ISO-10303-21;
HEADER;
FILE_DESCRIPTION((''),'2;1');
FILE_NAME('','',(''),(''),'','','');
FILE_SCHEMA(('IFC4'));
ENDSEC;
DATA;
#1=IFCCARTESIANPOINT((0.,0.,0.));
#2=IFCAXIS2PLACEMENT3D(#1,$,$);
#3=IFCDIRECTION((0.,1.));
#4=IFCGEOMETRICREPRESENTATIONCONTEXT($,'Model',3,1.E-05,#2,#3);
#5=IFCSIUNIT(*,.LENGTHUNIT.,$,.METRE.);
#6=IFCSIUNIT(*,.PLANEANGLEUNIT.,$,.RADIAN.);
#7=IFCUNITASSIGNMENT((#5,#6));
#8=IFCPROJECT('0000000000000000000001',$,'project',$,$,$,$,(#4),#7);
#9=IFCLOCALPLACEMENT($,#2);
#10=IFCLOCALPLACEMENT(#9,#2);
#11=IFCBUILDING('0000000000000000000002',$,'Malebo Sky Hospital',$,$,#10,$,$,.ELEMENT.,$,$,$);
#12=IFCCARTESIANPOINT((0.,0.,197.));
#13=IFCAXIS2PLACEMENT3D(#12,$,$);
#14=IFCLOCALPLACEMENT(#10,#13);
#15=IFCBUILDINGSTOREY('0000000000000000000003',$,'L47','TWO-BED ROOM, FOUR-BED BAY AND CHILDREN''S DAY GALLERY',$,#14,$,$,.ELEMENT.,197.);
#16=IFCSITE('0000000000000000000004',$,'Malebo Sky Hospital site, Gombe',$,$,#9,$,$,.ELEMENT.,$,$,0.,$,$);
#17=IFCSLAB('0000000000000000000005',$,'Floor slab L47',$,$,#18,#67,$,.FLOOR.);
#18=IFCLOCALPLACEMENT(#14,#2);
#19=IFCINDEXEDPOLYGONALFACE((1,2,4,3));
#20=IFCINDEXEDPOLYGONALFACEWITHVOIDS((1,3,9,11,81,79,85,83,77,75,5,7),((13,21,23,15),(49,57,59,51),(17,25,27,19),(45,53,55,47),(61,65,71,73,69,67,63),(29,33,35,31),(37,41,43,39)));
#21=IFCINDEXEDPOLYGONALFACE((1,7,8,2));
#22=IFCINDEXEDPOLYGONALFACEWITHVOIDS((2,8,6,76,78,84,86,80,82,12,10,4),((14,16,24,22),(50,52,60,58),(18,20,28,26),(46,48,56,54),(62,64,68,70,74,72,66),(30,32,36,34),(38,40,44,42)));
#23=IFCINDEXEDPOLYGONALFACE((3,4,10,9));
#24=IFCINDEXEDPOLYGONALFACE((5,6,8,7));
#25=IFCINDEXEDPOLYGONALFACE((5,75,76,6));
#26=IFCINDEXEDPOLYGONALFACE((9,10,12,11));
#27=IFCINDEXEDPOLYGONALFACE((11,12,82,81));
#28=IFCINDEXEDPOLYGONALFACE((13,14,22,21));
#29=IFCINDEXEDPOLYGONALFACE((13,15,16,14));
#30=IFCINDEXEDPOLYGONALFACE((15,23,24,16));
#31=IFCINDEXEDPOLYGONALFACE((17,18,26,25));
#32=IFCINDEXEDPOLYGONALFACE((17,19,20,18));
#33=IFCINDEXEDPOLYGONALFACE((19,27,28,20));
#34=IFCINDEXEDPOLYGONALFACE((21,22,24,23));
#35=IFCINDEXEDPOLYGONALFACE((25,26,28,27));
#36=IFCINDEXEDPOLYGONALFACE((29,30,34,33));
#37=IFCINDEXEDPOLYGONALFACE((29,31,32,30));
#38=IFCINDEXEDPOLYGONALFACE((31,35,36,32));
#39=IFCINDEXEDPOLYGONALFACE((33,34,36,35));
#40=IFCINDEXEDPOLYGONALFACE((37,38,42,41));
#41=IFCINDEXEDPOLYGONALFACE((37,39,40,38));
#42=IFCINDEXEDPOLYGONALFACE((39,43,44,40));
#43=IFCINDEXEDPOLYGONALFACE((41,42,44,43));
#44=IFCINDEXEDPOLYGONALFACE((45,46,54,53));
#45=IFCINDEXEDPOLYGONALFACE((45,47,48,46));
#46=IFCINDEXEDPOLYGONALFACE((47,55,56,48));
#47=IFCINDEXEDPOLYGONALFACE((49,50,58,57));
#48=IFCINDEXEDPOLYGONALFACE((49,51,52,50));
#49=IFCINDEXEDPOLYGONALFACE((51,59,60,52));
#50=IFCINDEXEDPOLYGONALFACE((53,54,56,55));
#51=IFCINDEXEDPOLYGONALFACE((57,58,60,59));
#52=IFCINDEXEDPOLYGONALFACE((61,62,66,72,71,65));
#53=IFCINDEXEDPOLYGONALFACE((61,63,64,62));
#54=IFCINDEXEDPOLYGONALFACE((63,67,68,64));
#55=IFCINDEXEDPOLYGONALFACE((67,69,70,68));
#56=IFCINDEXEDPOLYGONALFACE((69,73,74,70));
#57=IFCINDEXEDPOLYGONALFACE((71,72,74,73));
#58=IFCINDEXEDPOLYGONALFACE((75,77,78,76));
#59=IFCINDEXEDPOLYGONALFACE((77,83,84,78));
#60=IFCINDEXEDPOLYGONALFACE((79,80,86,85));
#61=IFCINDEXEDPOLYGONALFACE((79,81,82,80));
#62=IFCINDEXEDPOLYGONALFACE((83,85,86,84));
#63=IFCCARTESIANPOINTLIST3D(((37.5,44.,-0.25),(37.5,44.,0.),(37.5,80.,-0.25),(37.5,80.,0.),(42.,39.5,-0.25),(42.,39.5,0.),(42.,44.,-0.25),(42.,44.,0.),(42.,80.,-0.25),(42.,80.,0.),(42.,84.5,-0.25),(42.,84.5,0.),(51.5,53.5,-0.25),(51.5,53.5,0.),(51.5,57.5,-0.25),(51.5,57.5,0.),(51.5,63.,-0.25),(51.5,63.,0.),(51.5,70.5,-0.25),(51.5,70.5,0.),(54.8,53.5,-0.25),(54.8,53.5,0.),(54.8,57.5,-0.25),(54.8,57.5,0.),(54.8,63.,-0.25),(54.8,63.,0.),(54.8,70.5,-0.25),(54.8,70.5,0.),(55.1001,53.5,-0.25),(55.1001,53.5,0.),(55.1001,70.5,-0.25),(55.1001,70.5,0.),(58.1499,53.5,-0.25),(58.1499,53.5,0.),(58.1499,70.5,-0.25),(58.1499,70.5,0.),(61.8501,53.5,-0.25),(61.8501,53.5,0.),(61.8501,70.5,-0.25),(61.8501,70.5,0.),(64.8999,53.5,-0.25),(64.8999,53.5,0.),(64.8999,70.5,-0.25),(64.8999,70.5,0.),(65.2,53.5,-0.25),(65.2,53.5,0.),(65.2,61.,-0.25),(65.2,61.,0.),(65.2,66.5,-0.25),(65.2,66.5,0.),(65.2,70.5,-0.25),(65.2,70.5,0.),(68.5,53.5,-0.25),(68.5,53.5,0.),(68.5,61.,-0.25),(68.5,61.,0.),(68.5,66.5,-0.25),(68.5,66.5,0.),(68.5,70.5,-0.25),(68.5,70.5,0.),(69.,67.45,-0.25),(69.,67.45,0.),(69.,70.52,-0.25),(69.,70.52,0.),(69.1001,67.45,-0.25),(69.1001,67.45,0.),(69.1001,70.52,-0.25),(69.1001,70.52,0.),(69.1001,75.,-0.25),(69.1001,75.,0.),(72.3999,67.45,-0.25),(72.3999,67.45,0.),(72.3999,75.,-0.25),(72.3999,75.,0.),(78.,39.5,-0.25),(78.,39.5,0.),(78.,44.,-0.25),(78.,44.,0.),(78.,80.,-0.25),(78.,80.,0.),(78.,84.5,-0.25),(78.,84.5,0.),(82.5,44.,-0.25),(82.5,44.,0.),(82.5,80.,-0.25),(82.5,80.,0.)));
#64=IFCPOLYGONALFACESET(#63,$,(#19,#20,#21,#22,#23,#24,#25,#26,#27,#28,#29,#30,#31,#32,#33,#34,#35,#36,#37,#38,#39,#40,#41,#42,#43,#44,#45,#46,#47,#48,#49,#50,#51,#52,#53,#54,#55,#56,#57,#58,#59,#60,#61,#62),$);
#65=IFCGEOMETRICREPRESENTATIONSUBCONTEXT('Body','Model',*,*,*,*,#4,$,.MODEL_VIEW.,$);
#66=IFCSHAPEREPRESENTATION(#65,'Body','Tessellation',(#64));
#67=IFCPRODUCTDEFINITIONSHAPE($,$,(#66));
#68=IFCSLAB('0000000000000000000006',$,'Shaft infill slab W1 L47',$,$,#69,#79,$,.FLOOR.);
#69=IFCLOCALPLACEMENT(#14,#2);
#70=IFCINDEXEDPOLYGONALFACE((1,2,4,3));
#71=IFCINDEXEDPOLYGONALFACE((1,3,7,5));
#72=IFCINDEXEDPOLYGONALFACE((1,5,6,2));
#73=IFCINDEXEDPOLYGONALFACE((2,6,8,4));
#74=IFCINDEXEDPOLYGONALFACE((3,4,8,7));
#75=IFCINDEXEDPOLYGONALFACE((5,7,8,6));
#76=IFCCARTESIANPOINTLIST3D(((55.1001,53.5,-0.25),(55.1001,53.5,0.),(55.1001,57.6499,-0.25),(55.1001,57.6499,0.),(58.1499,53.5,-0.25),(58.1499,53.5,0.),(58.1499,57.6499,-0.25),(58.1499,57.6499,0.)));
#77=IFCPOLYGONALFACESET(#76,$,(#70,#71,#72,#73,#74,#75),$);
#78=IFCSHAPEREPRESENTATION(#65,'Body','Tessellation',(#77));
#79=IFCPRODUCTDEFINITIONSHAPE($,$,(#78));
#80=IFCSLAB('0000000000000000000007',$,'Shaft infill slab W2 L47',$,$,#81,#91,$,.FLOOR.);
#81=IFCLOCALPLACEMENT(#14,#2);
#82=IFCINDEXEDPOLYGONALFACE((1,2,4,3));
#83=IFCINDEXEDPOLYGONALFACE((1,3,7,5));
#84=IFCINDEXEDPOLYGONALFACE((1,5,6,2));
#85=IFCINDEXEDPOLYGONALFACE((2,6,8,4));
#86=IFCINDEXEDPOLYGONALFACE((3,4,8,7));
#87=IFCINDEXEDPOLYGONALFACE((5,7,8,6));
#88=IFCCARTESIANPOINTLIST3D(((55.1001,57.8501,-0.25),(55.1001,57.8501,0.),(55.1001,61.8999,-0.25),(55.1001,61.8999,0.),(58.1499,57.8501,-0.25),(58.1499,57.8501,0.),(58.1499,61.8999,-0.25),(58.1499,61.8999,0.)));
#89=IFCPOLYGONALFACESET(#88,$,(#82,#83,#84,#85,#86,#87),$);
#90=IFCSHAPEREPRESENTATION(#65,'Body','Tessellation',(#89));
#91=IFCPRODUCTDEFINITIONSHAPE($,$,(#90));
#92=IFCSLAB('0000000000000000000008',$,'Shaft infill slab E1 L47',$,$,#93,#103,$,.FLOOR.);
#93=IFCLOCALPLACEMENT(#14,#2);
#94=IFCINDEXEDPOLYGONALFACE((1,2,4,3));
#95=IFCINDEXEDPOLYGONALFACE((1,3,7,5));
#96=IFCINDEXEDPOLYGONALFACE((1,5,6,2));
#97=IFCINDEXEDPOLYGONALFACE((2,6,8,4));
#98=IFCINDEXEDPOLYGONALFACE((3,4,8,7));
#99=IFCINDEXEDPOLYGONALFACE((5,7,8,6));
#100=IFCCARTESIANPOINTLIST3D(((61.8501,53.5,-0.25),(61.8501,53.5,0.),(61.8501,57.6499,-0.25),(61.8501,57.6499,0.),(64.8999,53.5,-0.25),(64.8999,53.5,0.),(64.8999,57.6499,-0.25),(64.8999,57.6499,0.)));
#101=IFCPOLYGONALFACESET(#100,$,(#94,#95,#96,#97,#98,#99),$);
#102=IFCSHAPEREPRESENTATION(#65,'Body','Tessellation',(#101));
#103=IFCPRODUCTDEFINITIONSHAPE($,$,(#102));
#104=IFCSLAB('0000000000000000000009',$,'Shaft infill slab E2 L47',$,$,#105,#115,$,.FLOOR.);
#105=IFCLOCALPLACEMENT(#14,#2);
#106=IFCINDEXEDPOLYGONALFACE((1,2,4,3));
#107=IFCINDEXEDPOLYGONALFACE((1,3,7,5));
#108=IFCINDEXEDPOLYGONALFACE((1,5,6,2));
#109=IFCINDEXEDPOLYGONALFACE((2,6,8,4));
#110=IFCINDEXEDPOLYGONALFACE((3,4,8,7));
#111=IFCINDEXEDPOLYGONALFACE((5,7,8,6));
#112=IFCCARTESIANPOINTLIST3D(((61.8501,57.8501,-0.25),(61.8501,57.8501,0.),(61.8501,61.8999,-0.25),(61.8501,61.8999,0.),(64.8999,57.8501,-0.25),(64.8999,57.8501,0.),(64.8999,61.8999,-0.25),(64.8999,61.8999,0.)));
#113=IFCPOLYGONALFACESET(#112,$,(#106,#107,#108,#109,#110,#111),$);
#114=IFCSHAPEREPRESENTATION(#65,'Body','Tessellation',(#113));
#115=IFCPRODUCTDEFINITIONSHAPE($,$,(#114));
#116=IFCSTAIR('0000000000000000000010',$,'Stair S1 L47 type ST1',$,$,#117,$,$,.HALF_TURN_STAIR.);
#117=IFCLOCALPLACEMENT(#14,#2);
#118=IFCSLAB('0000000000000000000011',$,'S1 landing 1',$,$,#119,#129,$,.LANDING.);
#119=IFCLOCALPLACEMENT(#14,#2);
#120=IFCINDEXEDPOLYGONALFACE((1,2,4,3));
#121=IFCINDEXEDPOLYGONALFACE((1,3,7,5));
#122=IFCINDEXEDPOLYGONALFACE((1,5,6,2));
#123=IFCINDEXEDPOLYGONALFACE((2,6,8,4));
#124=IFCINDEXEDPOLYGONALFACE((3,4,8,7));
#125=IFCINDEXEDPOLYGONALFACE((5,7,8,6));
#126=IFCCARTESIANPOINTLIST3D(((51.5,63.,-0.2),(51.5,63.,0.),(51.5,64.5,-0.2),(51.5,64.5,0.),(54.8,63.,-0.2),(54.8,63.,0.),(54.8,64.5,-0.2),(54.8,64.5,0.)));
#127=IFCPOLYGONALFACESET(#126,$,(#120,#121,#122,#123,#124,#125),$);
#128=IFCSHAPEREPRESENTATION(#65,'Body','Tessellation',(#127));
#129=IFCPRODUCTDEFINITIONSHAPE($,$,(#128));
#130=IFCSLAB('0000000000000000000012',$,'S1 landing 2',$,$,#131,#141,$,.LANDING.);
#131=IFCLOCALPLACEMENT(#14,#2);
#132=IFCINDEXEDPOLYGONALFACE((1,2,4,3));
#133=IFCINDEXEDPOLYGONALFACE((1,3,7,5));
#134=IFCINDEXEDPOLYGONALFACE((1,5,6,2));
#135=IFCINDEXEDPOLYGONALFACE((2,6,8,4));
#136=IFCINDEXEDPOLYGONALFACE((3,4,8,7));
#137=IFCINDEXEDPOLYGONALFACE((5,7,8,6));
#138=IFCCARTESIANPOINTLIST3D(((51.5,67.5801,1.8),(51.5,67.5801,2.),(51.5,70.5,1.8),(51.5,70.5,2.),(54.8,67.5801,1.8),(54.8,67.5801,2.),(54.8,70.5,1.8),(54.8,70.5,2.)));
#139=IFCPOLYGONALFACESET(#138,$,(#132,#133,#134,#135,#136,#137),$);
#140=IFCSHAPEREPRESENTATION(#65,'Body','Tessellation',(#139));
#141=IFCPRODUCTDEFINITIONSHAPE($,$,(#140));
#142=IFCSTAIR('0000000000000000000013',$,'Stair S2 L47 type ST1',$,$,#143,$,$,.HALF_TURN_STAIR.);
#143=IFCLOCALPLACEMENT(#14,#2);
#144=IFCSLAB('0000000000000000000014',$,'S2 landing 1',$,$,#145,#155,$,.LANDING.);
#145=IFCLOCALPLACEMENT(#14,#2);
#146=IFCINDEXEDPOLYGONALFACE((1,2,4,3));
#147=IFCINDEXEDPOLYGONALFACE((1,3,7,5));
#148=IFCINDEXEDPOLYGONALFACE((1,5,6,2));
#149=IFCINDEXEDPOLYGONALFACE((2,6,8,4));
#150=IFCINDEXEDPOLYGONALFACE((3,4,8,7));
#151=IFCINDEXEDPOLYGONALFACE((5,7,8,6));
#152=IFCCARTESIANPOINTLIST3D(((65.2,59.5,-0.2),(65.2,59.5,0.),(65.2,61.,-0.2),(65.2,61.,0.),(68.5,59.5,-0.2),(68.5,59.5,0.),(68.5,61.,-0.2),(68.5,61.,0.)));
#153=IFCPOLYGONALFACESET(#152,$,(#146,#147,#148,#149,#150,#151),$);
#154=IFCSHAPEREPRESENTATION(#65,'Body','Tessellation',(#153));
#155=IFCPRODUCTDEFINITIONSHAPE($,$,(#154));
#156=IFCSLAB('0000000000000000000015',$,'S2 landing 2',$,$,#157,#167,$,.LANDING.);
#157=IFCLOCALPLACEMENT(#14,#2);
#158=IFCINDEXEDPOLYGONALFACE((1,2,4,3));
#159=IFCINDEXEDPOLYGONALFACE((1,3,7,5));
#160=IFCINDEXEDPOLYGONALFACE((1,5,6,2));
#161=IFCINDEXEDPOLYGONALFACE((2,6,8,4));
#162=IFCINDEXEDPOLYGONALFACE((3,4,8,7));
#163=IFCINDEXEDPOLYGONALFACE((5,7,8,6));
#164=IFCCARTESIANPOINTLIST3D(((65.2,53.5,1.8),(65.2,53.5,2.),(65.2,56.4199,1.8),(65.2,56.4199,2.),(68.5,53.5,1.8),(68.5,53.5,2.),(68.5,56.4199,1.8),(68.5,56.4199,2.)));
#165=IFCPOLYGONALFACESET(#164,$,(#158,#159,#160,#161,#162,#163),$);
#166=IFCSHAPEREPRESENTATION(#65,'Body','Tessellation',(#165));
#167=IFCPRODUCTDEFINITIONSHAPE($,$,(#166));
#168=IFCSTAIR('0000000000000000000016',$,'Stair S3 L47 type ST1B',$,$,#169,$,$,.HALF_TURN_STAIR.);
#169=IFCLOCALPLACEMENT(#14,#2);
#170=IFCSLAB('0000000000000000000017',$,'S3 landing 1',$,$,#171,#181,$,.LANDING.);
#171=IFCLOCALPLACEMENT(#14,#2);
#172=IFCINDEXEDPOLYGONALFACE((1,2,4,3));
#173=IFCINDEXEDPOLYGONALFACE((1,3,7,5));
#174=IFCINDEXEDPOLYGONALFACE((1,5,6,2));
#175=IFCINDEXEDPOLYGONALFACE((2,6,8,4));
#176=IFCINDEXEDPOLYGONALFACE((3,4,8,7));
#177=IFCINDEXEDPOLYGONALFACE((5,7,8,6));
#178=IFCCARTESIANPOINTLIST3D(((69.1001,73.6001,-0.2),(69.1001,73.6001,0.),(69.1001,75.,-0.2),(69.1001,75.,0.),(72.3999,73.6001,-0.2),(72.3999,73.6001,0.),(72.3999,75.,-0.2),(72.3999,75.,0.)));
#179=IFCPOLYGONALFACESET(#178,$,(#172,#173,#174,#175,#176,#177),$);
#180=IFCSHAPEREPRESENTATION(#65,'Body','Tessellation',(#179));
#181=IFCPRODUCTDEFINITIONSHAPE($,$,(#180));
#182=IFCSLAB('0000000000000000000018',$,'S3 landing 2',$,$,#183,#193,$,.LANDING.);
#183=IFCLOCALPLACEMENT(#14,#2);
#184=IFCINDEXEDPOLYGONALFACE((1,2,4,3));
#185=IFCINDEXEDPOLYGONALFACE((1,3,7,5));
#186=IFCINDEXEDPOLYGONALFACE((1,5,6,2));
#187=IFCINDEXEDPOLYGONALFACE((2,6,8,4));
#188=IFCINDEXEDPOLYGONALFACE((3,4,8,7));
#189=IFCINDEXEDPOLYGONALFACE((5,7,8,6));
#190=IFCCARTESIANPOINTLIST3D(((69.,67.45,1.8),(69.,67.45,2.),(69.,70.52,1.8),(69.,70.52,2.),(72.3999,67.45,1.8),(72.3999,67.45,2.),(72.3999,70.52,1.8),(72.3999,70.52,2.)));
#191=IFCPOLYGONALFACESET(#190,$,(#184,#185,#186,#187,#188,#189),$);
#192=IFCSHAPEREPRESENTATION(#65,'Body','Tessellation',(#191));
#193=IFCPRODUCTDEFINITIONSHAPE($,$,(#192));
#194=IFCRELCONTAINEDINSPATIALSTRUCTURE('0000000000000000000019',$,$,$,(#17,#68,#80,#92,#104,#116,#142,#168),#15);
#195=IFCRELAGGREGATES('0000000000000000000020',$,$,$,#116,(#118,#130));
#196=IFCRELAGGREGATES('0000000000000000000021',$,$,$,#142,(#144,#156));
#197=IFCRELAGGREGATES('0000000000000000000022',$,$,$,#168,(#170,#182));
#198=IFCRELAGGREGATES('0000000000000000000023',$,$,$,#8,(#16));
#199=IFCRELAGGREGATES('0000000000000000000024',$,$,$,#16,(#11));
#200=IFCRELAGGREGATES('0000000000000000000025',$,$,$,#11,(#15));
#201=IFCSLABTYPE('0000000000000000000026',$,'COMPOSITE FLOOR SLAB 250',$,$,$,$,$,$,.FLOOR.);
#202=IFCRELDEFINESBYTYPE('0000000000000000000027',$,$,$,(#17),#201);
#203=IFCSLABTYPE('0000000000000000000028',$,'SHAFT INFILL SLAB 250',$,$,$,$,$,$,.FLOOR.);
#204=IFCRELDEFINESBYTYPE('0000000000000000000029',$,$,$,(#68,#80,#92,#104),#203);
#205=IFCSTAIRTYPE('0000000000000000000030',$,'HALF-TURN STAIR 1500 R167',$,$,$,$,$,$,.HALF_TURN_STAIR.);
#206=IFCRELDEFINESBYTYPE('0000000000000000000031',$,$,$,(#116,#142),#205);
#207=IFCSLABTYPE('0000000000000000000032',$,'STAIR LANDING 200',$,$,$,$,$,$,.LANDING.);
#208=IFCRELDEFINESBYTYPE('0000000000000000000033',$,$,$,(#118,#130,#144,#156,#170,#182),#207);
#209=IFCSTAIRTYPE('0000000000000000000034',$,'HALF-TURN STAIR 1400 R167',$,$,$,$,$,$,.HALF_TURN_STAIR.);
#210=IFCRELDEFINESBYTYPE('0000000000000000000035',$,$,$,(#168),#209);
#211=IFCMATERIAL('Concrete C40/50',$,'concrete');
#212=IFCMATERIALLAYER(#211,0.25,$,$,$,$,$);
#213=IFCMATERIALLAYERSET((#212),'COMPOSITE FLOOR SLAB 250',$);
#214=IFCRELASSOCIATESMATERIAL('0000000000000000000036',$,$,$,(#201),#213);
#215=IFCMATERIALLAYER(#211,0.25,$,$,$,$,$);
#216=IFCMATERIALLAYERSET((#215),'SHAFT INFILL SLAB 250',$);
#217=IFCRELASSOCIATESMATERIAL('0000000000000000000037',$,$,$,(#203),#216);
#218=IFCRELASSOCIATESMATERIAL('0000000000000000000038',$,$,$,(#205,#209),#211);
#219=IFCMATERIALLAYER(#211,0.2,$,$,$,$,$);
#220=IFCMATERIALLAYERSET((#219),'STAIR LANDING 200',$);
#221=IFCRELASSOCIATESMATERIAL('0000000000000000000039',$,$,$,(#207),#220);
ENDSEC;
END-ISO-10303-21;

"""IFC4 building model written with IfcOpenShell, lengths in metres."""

from ifc_helpers import new_model, si_unit, direction, frame, origin, place, context, subcontext, project, spatial, polyline, outline, extrude, material, layer, layer_set, type_object, element, aggregate, save


model = new_model("IFC4")

# Units and contexts
model_context = context("Model", 3, precision=1e-05, world=origin(), true_north=direction((0.0, 1.0)))
body_context = subcontext(model_context, "Body", "Model", "MODEL_VIEW")
ifc_project = project(units=[si_unit("LENGTHUNIT", "METRE"), si_unit("PLANEANGLEUNIT", "RADIAN")], contexts=[model_context])

# Site, building, storey
site_placement = place(None, origin())
site = spatial("IfcSite", under=ifc_project, at=site_placement, Name="Malebo Sky Hospital site, Gombe", CompositionType="ELEMENT", RefElevation=0.0)
building_placement = place(site_placement, origin())
building = spatial("IfcBuilding", under=site, at=building_placement, Name="Malebo Sky Hospital", CompositionType="ELEMENT")
storey_placement = place(building_placement, frame((0.0, 0.0, 197.0)))
storey = spatial("IfcBuildingStorey", under=building, at=storey_placement, Name="L47", Description="TWO-BED ROOM, FOUR-BED BAY AND CHILDREN'S DAY GALLERY", CompositionType="ELEMENT", Elevation=197.0)

# Slabs
ifc_material_1 = material(Name="Concrete C40/50", Category="concrete")
ifc_layer_1 = layer(ifc_material_1, 0.25)
ifc_layer_set_1 = layer_set([ifc_layer_1], Name="COMPOSITE FLOOR SLAB 250")
slab_type_1 = type_object("IfcSlabType", Name="COMPOSITE FLOOR SLAB 250", PredefinedType="FLOOR", material=ifc_layer_set_1)
slab_1_placement = place(storey_placement, frame((0.0, 0.0, -0.25)))
element("IfcSlab", 1, at=slab_1_placement, inside=storey, type_object=slab_type_1, Name="Floor slab L47", PredefinedType="FLOOR", context=body_context, shape_type="SweptSolid", body=[
    extrude(outline(polyline([(42.0, 84.5), (42.0, 80.0), (37.5, 80.0), (37.5, 44.0), (42.0, 44.0), (42.0, 39.5), (78.0, 39.5), (78.0, 44.0), (82.5, 44.0), (82.5, 80.0), (78.0, 80.0), (78.0, 84.5), (42.0, 84.5)]), holes=[polyline([(55.1001, 70.5), (58.1499, 70.5), (58.1499, 53.5), (55.1001, 53.5), (55.1001, 70.5)]), polyline([(64.8999, 70.5), (64.8999, 53.5), (61.8501, 53.5), (61.8501, 70.5), (64.8999, 70.5)]), polyline([(54.8, 63.0), (51.5, 63.0), (51.5, 70.5), (54.8, 70.5), (54.8, 63.0)]), polyline([(51.5, 53.5), (51.5, 57.5), (54.8, 57.5), (54.8, 53.5), (51.5, 53.5)]), polyline([(65.2, 61.0), (68.5, 61.0), (68.5, 53.5), (65.2, 53.5), (65.2, 61.0)]), polyline([(68.5, 70.5), (68.5, 66.5), (65.2, 66.5), (65.2, 70.5), (68.5, 70.5)]), polyline([(69.0, 67.45), (69.0, 70.52), (69.1001, 70.52), (69.1001, 75.0), (72.3999, 75.0), (72.3999, 67.45), (69.1001, 67.45), (69.0, 67.45)])]), origin(), (0.0, 0.0, 1.0), 0.25),
])
ifc_layer_2 = layer(ifc_material_1, 0.25)
ifc_layer_set_2 = layer_set([ifc_layer_2], Name="SHAFT INFILL SLAB 250")
slab_type_2 = type_object("IfcSlabType", Name="SHAFT INFILL SLAB 250", PredefinedType="FLOOR", material=ifc_layer_set_2)
slab_2_placement = place(storey_placement, frame((0.0, 0.0, -0.25)))
element("IfcSlab", 2, at=slab_2_placement, inside=storey, type_object=slab_type_2, Name="Shaft infill slab W1 L47", PredefinedType="FLOOR", context=body_context, shape_type="SweptSolid", body=[
    extrude(outline(polyline([(55.1001, 53.5), (58.1499, 53.5), (58.1499, 57.6499), (55.1001, 57.6499), (55.1001, 53.5)])), origin(), (0.0, 0.0, 1.0), 0.25),
])
slab_3_placement = place(storey_placement, frame((0.0, 0.0, -0.25)))
element("IfcSlab", 3, at=slab_3_placement, inside=storey, type_object=slab_type_2, Name="Shaft infill slab W2 L47", PredefinedType="FLOOR", context=body_context, shape_type="SweptSolid", body=[
    extrude(outline(polyline([(55.1001, 57.8501), (58.1499, 57.8501), (58.1499, 61.8999), (55.1001, 61.8999), (55.1001, 57.8501)])), origin(), (0.0, 0.0, 1.0), 0.25),
])
slab_4_placement = place(storey_placement, frame((0.0, 0.0, -0.25)))
element("IfcSlab", 4, at=slab_4_placement, inside=storey, type_object=slab_type_2, Name="Shaft infill slab E1 L47", PredefinedType="FLOOR", context=body_context, shape_type="SweptSolid", body=[
    extrude(outline(polyline([(61.8501, 53.5), (64.8999, 53.5), (64.8999, 57.6499), (61.8501, 57.6499), (61.8501, 53.5)])), origin(), (0.0, 0.0, 1.0), 0.25),
])
slab_5_placement = place(storey_placement, frame((0.0, 0.0, -0.25)))
element("IfcSlab", 5, at=slab_5_placement, inside=storey, type_object=slab_type_2, Name="Shaft infill slab E2 L47", PredefinedType="FLOOR", context=body_context, shape_type="SweptSolid", body=[
    extrude(outline(polyline([(61.8501, 57.8501), (64.8999, 57.8501), (64.8999, 61.8999), (61.8501, 61.8999), (61.8501, 57.8501)])), origin(), (0.0, 0.0, 1.0), 0.25),
])

# Stairs, slabs
stair_type_1 = type_object("IfcStairType", Name="HALF-TURN STAIR 1500 R167", PredefinedType="HALF_TURN_STAIR", material=ifc_material_1)
stair_1_placement = place(storey_placement, origin())
stair_1 = element("IfcStair", 6, at=stair_1_placement, inside=storey, type_object=stair_type_1, Name="Stair S1 L47 type ST1", PredefinedType="HALF_TURN_STAIR")
ifc_layer_3 = layer(ifc_material_1, 0.2)
ifc_layer_set_3 = layer_set([ifc_layer_3], Name="STAIR LANDING 200")
slab_type_3 = type_object("IfcSlabType", Name="STAIR LANDING 200", PredefinedType="LANDING", material=ifc_layer_set_3)
slab_6_placement = place(storey_placement, frame((0.0, 0.0, -0.2)))
slab_6 = element("IfcSlab", 7, at=slab_6_placement, type_object=slab_type_3, Name="S1 landing 1", PredefinedType="LANDING", context=body_context, shape_type="SweptSolid", body=[
    extrude(outline(polyline([(51.5, 63.0), (54.8, 63.0), (54.8, 64.5), (51.5, 64.5), (51.5, 63.0)])), origin(), (0.0, 0.0, 1.0), 0.2),
])
slab_7_placement = place(storey_placement, frame((0.0, 0.0, 1.8)))
slab_7 = element("IfcSlab", 8, at=slab_7_placement, type_object=slab_type_3, Name="S1 landing 2", PredefinedType="LANDING", context=body_context, shape_type="SweptSolid", body=[
    extrude(outline(polyline([(51.5, 67.5801), (54.8, 67.5801), (54.8, 70.5), (51.5, 70.5), (51.5, 67.5801)])), origin(), (0.0, 0.0, 1.0), 0.2),
])
aggregate(stair_1, [slab_6, slab_7])
stair_2_placement = place(storey_placement, origin())
stair_2 = element("IfcStair", 9, at=stair_2_placement, inside=storey, type_object=stair_type_1, Name="Stair S2 L47 type ST1", PredefinedType="HALF_TURN_STAIR")
slab_8_placement = place(storey_placement, frame((0.0, 0.0, -0.2)))
slab_8 = element("IfcSlab", 10, at=slab_8_placement, type_object=slab_type_3, Name="S2 landing 1", PredefinedType="LANDING", context=body_context, shape_type="SweptSolid", body=[
    extrude(outline(polyline([(65.2, 59.5), (68.5, 59.5), (68.5, 61.0), (65.2, 61.0), (65.2, 59.5)])), origin(), (0.0, 0.0, 1.0), 0.2),
])
slab_9_placement = place(storey_placement, frame((0.0, 0.0, 1.8)))
slab_9 = element("IfcSlab", 11, at=slab_9_placement, type_object=slab_type_3, Name="S2 landing 2", PredefinedType="LANDING", context=body_context, shape_type="SweptSolid", body=[
    extrude(outline(polyline([(65.2, 53.5), (68.5, 53.5), (68.5, 56.4199), (65.2, 56.4199), (65.2, 53.5)])), origin(), (0.0, 0.0, 1.0), 0.2),
])
aggregate(stair_2, [slab_8, slab_9])
stair_type_2 = type_object("IfcStairType", Name="HALF-TURN STAIR 1400 R167", PredefinedType="HALF_TURN_STAIR", material=ifc_material_1)
stair_3_placement = place(storey_placement, origin())
stair_3 = element("IfcStair", 12, at=stair_3_placement, inside=storey, type_object=stair_type_2, Name="Stair S3 L47 type ST1B", PredefinedType="HALF_TURN_STAIR")
slab_10_placement = place(storey_placement, frame((0.0, 0.0, -0.2)))
slab_10 = element("IfcSlab", 13, at=slab_10_placement, type_object=slab_type_3, Name="S3 landing 1", PredefinedType="LANDING", context=body_context, shape_type="SweptSolid", body=[
    extrude(outline(polyline([(69.1001, 73.6001), (72.3999, 73.6001), (72.3999, 75.0), (69.1001, 75.0), (69.1001, 73.6001)])), origin(), (0.0, 0.0, 1.0), 0.2),
])
slab_11_placement = place(storey_placement, frame((0.0, 0.0, 1.8)))
slab_11 = element("IfcSlab", 14, at=slab_11_placement, type_object=slab_type_3, Name="S3 landing 2", PredefinedType="LANDING", context=body_context, shape_type="SweptSolid", body=[
    extrude(outline(polyline([(69.0, 67.45), (72.3999, 67.45), (72.3999, 70.52), (69.0, 70.52), (69.0, 67.45)])), origin(), (0.0, 0.0, 1.0), 0.2),
])
aggregate(stair_3, [slab_10, slab_11])

save(model, "model.ifc")
